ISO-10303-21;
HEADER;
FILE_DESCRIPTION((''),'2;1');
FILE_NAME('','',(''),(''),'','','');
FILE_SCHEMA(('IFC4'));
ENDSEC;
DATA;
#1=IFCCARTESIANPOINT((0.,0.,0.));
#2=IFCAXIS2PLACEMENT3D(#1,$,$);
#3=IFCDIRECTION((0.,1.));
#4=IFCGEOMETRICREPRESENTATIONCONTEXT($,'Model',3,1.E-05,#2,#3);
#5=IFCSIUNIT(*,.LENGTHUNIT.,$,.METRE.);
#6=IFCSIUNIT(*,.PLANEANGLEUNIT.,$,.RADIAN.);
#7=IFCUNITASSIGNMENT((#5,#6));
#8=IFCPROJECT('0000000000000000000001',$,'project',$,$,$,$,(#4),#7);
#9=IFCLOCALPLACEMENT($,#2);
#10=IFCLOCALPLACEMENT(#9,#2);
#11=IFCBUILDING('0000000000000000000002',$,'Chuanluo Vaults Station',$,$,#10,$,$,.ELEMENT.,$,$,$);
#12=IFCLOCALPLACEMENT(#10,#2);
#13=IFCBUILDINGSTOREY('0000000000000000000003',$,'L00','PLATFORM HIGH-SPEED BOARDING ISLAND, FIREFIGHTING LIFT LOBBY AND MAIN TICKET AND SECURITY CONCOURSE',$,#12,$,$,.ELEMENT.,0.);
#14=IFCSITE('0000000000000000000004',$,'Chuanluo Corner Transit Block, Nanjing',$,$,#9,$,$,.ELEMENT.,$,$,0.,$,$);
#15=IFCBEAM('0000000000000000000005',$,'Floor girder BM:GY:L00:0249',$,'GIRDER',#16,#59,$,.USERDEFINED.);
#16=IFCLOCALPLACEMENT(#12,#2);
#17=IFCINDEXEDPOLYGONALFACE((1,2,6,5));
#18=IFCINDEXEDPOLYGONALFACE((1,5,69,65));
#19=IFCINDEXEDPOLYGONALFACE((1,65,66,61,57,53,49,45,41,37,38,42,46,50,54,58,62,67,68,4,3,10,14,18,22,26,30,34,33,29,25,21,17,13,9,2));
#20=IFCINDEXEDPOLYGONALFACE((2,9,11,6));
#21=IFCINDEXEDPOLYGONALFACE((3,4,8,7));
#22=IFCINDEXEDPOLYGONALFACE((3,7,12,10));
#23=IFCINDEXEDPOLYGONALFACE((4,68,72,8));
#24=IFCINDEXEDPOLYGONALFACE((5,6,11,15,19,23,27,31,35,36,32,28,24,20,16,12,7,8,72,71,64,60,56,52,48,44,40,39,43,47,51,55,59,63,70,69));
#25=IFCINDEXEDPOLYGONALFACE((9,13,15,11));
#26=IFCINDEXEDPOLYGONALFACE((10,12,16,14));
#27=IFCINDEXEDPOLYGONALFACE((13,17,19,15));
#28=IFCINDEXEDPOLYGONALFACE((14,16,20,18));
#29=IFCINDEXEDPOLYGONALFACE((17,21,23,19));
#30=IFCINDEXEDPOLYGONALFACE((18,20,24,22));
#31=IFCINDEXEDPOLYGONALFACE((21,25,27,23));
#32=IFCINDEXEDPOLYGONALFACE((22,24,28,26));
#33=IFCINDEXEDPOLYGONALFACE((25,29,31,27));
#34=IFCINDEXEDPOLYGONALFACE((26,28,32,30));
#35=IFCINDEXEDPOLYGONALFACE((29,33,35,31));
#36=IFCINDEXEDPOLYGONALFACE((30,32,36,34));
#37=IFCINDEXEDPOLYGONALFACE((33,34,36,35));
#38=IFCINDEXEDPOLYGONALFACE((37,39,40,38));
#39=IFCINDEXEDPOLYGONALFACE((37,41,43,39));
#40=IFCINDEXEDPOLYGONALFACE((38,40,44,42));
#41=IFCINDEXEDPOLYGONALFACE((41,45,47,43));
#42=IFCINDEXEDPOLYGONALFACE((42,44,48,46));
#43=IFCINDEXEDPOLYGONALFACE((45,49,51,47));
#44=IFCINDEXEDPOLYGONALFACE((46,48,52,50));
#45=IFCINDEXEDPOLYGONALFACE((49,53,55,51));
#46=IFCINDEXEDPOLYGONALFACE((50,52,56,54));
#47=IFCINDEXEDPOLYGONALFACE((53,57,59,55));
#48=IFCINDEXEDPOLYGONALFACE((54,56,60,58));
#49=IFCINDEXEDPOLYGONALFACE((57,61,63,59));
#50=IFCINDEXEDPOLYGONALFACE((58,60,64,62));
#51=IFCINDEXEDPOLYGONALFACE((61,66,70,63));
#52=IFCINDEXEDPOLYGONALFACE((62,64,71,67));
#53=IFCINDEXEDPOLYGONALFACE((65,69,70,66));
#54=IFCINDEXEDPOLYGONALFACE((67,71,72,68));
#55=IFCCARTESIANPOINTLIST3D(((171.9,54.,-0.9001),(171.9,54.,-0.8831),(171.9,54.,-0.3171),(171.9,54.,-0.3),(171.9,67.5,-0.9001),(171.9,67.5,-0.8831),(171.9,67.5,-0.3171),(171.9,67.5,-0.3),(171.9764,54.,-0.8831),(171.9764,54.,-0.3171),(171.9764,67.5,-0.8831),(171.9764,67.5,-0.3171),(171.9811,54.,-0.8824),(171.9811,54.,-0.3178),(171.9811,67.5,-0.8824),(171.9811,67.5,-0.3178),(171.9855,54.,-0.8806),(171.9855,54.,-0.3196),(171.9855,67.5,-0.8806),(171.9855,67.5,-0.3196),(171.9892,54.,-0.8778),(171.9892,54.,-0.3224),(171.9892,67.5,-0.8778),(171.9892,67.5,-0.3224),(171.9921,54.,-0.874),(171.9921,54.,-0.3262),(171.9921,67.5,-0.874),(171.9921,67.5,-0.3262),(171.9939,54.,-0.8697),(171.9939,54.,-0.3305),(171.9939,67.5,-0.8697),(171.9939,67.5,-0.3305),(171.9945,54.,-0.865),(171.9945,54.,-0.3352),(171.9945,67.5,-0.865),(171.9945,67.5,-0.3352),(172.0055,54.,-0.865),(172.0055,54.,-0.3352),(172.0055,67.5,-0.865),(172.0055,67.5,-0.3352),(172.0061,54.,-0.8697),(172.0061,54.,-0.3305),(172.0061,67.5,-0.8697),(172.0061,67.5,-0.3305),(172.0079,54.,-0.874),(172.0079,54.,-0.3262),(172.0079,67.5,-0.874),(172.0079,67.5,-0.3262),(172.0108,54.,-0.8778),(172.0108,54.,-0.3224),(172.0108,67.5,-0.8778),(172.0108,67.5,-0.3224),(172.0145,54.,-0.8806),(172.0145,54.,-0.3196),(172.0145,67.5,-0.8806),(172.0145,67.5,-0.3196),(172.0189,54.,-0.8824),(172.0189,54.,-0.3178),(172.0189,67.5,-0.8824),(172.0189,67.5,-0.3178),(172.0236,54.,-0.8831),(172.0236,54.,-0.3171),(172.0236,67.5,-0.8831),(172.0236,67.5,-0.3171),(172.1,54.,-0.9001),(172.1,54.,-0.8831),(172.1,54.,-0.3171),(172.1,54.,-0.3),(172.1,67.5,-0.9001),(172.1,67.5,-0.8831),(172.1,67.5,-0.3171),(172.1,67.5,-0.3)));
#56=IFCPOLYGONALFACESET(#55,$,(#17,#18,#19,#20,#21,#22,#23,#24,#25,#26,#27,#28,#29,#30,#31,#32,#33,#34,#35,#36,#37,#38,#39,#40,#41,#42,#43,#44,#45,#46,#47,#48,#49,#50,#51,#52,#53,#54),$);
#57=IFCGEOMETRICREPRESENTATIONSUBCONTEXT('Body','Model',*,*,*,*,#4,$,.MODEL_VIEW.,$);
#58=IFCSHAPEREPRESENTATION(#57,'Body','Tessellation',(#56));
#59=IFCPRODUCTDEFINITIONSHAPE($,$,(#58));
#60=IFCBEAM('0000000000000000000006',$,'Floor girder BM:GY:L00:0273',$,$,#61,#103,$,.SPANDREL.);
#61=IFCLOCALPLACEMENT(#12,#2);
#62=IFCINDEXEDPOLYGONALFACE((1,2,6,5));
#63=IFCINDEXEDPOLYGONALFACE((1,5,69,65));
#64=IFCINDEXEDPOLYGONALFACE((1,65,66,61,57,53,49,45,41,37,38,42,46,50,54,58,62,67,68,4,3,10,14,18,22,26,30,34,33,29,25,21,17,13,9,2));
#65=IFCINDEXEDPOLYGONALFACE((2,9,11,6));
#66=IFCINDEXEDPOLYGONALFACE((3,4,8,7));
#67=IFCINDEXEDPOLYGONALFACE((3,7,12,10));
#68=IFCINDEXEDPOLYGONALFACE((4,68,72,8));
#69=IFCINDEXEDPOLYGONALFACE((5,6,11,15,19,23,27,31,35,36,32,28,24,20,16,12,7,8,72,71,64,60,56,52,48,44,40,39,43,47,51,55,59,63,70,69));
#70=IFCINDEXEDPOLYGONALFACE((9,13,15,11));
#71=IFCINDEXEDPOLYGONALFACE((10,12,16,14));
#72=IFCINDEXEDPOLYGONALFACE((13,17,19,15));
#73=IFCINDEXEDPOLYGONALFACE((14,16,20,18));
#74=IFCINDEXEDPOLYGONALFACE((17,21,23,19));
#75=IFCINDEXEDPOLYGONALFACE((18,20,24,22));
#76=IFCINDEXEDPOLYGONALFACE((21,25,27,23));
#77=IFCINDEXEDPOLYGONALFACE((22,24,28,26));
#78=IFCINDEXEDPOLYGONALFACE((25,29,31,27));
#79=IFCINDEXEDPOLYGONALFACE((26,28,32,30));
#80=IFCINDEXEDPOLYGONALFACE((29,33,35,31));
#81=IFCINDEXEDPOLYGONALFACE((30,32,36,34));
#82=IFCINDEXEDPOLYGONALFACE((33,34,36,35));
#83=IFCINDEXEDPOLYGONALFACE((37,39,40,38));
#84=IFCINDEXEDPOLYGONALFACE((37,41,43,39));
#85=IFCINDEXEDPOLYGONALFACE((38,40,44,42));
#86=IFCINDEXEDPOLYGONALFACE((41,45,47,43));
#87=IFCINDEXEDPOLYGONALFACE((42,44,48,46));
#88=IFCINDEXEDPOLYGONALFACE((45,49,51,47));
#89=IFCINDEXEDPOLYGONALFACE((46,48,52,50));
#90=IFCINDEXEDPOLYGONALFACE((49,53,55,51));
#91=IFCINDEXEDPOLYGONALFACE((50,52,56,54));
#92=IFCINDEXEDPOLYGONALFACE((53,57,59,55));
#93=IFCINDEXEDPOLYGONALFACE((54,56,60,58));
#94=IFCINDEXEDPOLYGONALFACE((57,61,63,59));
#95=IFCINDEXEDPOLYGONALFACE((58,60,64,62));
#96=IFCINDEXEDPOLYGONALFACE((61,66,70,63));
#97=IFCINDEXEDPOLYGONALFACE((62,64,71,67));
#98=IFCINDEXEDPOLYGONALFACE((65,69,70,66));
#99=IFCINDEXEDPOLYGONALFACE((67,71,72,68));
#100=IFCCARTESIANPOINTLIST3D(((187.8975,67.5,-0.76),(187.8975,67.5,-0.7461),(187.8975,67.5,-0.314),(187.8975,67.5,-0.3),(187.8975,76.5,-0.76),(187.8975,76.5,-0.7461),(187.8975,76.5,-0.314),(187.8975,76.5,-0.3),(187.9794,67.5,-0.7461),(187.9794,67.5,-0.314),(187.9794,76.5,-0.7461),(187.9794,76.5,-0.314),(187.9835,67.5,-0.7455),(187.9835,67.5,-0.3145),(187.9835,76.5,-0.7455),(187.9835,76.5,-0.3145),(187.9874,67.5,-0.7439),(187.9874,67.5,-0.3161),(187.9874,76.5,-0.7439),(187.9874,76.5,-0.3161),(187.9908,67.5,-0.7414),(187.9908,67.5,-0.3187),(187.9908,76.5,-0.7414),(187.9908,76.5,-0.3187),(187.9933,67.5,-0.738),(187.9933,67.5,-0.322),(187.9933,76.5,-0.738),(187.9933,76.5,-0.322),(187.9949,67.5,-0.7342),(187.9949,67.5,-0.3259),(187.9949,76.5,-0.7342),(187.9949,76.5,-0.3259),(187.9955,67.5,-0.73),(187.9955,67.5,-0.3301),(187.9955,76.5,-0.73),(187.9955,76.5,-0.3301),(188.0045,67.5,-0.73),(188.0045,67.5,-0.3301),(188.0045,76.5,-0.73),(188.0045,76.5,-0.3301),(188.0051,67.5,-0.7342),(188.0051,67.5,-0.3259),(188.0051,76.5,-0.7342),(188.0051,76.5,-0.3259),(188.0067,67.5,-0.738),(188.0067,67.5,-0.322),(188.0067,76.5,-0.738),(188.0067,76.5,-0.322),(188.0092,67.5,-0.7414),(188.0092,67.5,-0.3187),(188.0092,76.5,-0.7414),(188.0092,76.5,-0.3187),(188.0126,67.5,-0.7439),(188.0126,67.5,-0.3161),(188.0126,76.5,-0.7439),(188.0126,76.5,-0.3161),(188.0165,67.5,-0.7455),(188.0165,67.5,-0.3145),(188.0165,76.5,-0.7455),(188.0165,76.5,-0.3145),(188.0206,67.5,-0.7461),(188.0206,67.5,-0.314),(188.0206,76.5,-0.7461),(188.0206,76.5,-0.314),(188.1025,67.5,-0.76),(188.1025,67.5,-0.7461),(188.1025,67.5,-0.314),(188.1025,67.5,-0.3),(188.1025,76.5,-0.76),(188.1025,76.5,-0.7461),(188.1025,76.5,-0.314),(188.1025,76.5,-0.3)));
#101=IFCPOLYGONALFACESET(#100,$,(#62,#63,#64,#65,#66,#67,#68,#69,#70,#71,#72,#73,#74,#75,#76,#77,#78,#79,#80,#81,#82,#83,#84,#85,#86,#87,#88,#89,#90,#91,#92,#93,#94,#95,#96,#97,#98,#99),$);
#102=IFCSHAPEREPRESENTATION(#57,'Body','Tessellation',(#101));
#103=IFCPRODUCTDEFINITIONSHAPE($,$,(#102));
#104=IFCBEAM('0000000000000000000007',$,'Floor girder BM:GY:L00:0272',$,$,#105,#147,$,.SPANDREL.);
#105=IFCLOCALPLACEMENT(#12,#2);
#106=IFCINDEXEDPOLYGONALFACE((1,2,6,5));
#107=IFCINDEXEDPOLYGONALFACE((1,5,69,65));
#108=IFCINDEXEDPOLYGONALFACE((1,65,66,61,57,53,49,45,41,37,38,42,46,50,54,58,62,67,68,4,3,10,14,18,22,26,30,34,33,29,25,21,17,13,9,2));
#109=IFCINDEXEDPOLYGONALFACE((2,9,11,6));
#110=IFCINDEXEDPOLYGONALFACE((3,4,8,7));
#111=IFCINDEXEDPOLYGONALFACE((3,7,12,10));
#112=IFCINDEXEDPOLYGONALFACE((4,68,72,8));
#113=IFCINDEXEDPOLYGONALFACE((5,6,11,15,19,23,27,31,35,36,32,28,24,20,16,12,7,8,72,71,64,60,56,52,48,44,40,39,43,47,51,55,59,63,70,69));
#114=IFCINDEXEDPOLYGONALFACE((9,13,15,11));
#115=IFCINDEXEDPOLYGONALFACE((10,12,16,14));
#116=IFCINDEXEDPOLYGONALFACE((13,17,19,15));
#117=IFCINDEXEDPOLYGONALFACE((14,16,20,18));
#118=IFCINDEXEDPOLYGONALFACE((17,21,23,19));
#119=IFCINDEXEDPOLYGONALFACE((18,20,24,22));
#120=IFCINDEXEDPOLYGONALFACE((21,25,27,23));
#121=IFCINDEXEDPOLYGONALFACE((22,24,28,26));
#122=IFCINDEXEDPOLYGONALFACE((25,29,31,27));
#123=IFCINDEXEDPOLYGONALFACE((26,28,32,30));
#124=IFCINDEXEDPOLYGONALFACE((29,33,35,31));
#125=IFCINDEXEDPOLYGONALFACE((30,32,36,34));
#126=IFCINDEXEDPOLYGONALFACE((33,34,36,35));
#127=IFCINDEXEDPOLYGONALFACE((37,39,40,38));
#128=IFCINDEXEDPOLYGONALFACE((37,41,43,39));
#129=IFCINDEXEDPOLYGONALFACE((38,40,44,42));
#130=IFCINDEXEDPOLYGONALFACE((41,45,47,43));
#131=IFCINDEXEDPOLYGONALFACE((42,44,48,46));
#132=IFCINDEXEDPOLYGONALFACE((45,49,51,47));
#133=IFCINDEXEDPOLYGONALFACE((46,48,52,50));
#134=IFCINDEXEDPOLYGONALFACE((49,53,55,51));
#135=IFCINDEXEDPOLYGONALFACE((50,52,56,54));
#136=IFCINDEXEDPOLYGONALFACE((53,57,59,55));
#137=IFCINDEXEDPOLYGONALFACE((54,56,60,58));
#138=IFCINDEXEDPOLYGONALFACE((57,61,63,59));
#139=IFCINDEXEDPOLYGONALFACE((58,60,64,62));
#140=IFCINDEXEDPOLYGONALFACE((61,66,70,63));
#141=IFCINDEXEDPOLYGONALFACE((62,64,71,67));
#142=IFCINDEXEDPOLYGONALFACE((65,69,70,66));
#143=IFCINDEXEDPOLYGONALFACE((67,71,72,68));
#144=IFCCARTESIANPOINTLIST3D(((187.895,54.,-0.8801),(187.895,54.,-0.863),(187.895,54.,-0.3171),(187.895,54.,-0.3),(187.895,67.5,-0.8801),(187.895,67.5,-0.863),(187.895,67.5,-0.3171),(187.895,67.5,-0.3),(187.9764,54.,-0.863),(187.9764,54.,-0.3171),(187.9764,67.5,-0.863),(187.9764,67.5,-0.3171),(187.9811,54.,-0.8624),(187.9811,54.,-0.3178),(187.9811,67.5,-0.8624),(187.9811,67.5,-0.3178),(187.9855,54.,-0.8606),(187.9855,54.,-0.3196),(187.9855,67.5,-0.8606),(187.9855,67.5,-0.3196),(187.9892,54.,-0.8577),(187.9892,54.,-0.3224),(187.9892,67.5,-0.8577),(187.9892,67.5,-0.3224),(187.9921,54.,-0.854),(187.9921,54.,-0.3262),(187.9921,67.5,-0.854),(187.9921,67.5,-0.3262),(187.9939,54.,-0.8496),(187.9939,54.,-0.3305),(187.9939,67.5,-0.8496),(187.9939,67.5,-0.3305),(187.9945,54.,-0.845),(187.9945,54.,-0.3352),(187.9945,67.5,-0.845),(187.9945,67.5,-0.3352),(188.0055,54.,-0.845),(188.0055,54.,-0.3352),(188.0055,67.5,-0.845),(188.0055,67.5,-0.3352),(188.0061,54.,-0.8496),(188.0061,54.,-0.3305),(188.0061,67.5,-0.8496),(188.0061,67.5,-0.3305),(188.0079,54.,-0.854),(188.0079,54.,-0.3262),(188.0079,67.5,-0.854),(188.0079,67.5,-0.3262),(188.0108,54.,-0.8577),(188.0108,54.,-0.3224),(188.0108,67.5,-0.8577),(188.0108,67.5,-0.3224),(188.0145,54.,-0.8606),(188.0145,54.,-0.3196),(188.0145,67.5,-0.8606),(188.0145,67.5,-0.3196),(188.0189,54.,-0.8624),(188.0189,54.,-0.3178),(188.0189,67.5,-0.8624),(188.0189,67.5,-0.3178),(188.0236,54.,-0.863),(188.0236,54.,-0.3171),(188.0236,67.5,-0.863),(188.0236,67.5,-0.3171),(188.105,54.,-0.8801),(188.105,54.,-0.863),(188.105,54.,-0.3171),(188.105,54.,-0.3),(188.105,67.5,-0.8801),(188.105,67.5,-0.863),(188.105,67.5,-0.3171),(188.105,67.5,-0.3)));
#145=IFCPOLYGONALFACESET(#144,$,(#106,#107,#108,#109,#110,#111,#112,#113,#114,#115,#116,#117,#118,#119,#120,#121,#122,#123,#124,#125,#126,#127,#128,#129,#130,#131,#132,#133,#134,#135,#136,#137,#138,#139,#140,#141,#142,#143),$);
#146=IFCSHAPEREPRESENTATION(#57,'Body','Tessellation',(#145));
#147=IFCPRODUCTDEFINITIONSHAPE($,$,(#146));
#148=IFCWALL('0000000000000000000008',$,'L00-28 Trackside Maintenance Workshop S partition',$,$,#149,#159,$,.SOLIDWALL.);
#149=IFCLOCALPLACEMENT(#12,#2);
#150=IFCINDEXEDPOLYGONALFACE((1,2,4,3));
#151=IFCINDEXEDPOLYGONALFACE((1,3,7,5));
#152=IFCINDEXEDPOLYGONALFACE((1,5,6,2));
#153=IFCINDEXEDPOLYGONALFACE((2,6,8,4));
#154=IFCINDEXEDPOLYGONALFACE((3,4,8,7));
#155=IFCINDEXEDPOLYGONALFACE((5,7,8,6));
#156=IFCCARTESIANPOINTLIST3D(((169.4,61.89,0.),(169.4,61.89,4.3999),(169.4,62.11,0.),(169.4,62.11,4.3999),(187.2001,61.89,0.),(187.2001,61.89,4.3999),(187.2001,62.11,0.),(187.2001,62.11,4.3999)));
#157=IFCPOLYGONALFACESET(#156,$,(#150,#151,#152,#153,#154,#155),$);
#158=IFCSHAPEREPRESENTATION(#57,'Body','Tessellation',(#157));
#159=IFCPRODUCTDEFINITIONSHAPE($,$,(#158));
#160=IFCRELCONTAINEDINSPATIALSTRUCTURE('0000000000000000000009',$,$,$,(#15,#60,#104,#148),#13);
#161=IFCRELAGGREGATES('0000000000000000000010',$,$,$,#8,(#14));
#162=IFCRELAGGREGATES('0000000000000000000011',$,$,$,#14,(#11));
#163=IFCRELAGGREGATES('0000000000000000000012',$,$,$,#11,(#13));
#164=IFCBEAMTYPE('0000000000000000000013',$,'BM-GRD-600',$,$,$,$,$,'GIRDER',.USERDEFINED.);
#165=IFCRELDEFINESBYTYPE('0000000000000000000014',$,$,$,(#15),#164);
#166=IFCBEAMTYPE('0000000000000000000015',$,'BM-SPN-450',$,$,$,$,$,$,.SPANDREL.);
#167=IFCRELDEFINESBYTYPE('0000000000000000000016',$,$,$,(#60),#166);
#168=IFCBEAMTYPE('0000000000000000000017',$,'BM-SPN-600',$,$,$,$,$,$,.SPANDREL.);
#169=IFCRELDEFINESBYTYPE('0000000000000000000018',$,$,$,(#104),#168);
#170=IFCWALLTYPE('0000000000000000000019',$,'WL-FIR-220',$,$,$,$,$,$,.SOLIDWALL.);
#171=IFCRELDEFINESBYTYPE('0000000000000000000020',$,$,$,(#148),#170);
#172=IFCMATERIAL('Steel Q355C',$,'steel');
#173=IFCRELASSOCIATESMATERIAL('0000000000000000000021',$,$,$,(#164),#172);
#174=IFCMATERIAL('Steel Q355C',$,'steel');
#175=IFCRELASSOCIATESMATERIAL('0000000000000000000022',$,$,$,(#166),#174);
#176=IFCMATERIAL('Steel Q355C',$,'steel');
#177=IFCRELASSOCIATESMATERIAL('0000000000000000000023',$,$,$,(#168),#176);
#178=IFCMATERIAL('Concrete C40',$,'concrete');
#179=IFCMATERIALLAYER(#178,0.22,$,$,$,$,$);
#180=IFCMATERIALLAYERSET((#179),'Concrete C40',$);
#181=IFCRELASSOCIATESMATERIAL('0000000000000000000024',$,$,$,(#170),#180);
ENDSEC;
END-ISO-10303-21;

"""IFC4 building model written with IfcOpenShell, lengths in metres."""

from ifc_helpers import new_model, si_unit, direction, frame, frame_2d, origin, origin_2d, place, context, subcontext, project, spatial, rectangle, i_section, extrude, material, layer, layer_set, material_profile, profile_set, type_object, element, save


model = new_model("IFC4")

# Units and contexts
model_context = context("Model", 3, precision=1e-05, world=origin(), true_north=direction((0.0, 1.0)))
body_context = subcontext(model_context, "Body", "Model", "MODEL_VIEW")
ifc_project = project(units=[si_unit("LENGTHUNIT", "METRE"), si_unit("PLANEANGLEUNIT", "RADIAN")], contexts=[model_context])

# Site, building, storey
site_placement = place(None, origin())
site = spatial("IfcSite", under=ifc_project, at=site_placement, Name="Chuanluo Corner Transit Block, Nanjing", CompositionType="ELEMENT", RefElevation=0.0)
building_placement = place(site_placement, origin())
building = spatial("IfcBuilding", under=site, at=building_placement, Name="Chuanluo Vaults Station", CompositionType="ELEMENT")
storey_placement = place(building_placement, origin())
storey = spatial("IfcBuildingStorey", under=building, at=storey_placement, Name="L00", Description="PLATFORM HIGH-SPEED BOARDING ISLAND, FIREFIGHTING LIFT LOBBY AND MAIN TICKET AND SECURITY CONCOURSE", CompositionType="ELEMENT", Elevation=0.0)

# Beams
ifc_material_1 = material(Name="Steel Q355C", Category="steel")
ifc_material_profile_1 = material_profile(ifc_material_1, i_section(OverallWidth=0.2, OverallDepth=0.6001, WebThickness=0.011, FlangeThickness=0.0171, FilletRadius=0.0181, at=origin_2d()))
ifc_profile_set_1 = profile_set([ifc_material_profile_1], Name="Steel Q355C")
beam_type_1 = type_object("IfcBeamType", Name="BM-GRD-600", ElementType="GIRDER", PredefinedType="USERDEFINED", material=ifc_profile_set_1)
beam_1_placement = place(storey_placement, frame((172.0, 54.0, -0.6001), z_axis=(0.0, 1.0, 0.0), x_axis=(-1.0, 0.0, 0.0)))
element("IfcBeam", 1, at=beam_1_placement, inside=storey, type_object=beam_type_1, Name="Floor girder BM:GY:L00:0249", ObjectType="GIRDER", PredefinedType="USERDEFINED", context=body_context, shape_type="SweptSolid", body=[
    extrude(i_section(OverallWidth=0.2, OverallDepth=0.6001, WebThickness=0.011, FlangeThickness=0.0171, FilletRadius=0.0181, at=origin_2d()), origin(), (0.0, 0.0, 1.0), 13.5),
])
ifc_material_2 = material(Name="Steel Q355C", Category="steel")
ifc_material_profile_2 = material_profile(ifc_material_2, i_section(OverallWidth=0.2051, OverallDepth=0.46, WebThickness=0.009, FlangeThickness=0.0139, FilletRadius=0.0161, at=origin_2d()))
ifc_profile_set_2 = profile_set([ifc_material_profile_2], Name="Steel Q355C")
beam_type_2 = type_object("IfcBeamType", Name="BM-SPN-450", PredefinedType="SPANDREL", material=ifc_profile_set_2)
beam_2_placement = place(storey_placement, frame((188.0, 67.5, -0.53), z_axis=(0.0, 1.0, 0.0), x_axis=(-1.0, 0.0, 0.0)))
element("IfcBeam", 2, at=beam_2_placement, inside=storey, type_object=beam_type_2, Name="Floor girder BM:GY:L00:0273", PredefinedType="SPANDREL", context=body_context, shape_type="SweptSolid", body=[
    extrude(i_section(OverallWidth=0.2051, OverallDepth=0.46, WebThickness=0.009, FlangeThickness=0.0139, FilletRadius=0.0161, at=origin_2d()), origin(), (0.0, 0.0, 1.0), 9.0),
])
ifc_material_3 = material(Name="Steel Q355C", Category="steel")
ifc_material_profile_3 = material_profile(ifc_material_3, i_section(OverallWidth=0.21, OverallDepth=0.5801, WebThickness=0.011, FlangeThickness=0.0171, FilletRadius=0.0181, at=origin_2d()))
ifc_profile_set_3 = profile_set([ifc_material_profile_3], Name="Steel Q355C")
beam_type_3 = type_object("IfcBeamType", Name="BM-SPN-600", PredefinedType="SPANDREL", material=ifc_profile_set_3)
beam_3_placement = place(storey_placement, frame((188.0, 54.0, -0.5901), z_axis=(0.0, 1.0, 0.0), x_axis=(-1.0, 0.0, 0.0)))
element("IfcBeam", 3, at=beam_3_placement, inside=storey, type_object=beam_type_3, Name="Floor girder BM:GY:L00:0272", PredefinedType="SPANDREL", context=body_context, shape_type="SweptSolid", body=[
    extrude(i_section(OverallWidth=0.21, OverallDepth=0.5801, WebThickness=0.011, FlangeThickness=0.0171, FilletRadius=0.0181, at=origin_2d()), origin(), (0.0, 0.0, 1.0), 13.5),
])

# Wall
ifc_material_4 = material(Name="Concrete C40", Category="concrete")
ifc_layer_1 = layer(ifc_material_4, 0.22)
ifc_layer_set_1 = layer_set([ifc_layer_1], Name="Concrete C40")
wall_type_1 = type_object("IfcWallType", Name="WL-FIR-220", PredefinedType="SOLIDWALL", material=ifc_layer_set_1)
wall_1_placement = place(storey_placement, frame((187.2, 62.0, 0.0), z_axis=(0.0, 0.0, 1.0), x_axis=(-1.0, 0.0, 0.0)))
element("IfcWall", 4, at=wall_1_placement, inside=storey, type_object=wall_type_1, Name="L00-28 Trackside Maintenance Workshop S partition", PredefinedType="SOLIDWALL", context=body_context, shape_type="SweptSolid", body=[
    extrude(rectangle(XDim=17.8, YDim=0.22, at=frame_2d((8.8999, 0.0))), origin(), (0.0, 0.0, 1.0), 4.3999),
])

save(model, "model.ifc")
